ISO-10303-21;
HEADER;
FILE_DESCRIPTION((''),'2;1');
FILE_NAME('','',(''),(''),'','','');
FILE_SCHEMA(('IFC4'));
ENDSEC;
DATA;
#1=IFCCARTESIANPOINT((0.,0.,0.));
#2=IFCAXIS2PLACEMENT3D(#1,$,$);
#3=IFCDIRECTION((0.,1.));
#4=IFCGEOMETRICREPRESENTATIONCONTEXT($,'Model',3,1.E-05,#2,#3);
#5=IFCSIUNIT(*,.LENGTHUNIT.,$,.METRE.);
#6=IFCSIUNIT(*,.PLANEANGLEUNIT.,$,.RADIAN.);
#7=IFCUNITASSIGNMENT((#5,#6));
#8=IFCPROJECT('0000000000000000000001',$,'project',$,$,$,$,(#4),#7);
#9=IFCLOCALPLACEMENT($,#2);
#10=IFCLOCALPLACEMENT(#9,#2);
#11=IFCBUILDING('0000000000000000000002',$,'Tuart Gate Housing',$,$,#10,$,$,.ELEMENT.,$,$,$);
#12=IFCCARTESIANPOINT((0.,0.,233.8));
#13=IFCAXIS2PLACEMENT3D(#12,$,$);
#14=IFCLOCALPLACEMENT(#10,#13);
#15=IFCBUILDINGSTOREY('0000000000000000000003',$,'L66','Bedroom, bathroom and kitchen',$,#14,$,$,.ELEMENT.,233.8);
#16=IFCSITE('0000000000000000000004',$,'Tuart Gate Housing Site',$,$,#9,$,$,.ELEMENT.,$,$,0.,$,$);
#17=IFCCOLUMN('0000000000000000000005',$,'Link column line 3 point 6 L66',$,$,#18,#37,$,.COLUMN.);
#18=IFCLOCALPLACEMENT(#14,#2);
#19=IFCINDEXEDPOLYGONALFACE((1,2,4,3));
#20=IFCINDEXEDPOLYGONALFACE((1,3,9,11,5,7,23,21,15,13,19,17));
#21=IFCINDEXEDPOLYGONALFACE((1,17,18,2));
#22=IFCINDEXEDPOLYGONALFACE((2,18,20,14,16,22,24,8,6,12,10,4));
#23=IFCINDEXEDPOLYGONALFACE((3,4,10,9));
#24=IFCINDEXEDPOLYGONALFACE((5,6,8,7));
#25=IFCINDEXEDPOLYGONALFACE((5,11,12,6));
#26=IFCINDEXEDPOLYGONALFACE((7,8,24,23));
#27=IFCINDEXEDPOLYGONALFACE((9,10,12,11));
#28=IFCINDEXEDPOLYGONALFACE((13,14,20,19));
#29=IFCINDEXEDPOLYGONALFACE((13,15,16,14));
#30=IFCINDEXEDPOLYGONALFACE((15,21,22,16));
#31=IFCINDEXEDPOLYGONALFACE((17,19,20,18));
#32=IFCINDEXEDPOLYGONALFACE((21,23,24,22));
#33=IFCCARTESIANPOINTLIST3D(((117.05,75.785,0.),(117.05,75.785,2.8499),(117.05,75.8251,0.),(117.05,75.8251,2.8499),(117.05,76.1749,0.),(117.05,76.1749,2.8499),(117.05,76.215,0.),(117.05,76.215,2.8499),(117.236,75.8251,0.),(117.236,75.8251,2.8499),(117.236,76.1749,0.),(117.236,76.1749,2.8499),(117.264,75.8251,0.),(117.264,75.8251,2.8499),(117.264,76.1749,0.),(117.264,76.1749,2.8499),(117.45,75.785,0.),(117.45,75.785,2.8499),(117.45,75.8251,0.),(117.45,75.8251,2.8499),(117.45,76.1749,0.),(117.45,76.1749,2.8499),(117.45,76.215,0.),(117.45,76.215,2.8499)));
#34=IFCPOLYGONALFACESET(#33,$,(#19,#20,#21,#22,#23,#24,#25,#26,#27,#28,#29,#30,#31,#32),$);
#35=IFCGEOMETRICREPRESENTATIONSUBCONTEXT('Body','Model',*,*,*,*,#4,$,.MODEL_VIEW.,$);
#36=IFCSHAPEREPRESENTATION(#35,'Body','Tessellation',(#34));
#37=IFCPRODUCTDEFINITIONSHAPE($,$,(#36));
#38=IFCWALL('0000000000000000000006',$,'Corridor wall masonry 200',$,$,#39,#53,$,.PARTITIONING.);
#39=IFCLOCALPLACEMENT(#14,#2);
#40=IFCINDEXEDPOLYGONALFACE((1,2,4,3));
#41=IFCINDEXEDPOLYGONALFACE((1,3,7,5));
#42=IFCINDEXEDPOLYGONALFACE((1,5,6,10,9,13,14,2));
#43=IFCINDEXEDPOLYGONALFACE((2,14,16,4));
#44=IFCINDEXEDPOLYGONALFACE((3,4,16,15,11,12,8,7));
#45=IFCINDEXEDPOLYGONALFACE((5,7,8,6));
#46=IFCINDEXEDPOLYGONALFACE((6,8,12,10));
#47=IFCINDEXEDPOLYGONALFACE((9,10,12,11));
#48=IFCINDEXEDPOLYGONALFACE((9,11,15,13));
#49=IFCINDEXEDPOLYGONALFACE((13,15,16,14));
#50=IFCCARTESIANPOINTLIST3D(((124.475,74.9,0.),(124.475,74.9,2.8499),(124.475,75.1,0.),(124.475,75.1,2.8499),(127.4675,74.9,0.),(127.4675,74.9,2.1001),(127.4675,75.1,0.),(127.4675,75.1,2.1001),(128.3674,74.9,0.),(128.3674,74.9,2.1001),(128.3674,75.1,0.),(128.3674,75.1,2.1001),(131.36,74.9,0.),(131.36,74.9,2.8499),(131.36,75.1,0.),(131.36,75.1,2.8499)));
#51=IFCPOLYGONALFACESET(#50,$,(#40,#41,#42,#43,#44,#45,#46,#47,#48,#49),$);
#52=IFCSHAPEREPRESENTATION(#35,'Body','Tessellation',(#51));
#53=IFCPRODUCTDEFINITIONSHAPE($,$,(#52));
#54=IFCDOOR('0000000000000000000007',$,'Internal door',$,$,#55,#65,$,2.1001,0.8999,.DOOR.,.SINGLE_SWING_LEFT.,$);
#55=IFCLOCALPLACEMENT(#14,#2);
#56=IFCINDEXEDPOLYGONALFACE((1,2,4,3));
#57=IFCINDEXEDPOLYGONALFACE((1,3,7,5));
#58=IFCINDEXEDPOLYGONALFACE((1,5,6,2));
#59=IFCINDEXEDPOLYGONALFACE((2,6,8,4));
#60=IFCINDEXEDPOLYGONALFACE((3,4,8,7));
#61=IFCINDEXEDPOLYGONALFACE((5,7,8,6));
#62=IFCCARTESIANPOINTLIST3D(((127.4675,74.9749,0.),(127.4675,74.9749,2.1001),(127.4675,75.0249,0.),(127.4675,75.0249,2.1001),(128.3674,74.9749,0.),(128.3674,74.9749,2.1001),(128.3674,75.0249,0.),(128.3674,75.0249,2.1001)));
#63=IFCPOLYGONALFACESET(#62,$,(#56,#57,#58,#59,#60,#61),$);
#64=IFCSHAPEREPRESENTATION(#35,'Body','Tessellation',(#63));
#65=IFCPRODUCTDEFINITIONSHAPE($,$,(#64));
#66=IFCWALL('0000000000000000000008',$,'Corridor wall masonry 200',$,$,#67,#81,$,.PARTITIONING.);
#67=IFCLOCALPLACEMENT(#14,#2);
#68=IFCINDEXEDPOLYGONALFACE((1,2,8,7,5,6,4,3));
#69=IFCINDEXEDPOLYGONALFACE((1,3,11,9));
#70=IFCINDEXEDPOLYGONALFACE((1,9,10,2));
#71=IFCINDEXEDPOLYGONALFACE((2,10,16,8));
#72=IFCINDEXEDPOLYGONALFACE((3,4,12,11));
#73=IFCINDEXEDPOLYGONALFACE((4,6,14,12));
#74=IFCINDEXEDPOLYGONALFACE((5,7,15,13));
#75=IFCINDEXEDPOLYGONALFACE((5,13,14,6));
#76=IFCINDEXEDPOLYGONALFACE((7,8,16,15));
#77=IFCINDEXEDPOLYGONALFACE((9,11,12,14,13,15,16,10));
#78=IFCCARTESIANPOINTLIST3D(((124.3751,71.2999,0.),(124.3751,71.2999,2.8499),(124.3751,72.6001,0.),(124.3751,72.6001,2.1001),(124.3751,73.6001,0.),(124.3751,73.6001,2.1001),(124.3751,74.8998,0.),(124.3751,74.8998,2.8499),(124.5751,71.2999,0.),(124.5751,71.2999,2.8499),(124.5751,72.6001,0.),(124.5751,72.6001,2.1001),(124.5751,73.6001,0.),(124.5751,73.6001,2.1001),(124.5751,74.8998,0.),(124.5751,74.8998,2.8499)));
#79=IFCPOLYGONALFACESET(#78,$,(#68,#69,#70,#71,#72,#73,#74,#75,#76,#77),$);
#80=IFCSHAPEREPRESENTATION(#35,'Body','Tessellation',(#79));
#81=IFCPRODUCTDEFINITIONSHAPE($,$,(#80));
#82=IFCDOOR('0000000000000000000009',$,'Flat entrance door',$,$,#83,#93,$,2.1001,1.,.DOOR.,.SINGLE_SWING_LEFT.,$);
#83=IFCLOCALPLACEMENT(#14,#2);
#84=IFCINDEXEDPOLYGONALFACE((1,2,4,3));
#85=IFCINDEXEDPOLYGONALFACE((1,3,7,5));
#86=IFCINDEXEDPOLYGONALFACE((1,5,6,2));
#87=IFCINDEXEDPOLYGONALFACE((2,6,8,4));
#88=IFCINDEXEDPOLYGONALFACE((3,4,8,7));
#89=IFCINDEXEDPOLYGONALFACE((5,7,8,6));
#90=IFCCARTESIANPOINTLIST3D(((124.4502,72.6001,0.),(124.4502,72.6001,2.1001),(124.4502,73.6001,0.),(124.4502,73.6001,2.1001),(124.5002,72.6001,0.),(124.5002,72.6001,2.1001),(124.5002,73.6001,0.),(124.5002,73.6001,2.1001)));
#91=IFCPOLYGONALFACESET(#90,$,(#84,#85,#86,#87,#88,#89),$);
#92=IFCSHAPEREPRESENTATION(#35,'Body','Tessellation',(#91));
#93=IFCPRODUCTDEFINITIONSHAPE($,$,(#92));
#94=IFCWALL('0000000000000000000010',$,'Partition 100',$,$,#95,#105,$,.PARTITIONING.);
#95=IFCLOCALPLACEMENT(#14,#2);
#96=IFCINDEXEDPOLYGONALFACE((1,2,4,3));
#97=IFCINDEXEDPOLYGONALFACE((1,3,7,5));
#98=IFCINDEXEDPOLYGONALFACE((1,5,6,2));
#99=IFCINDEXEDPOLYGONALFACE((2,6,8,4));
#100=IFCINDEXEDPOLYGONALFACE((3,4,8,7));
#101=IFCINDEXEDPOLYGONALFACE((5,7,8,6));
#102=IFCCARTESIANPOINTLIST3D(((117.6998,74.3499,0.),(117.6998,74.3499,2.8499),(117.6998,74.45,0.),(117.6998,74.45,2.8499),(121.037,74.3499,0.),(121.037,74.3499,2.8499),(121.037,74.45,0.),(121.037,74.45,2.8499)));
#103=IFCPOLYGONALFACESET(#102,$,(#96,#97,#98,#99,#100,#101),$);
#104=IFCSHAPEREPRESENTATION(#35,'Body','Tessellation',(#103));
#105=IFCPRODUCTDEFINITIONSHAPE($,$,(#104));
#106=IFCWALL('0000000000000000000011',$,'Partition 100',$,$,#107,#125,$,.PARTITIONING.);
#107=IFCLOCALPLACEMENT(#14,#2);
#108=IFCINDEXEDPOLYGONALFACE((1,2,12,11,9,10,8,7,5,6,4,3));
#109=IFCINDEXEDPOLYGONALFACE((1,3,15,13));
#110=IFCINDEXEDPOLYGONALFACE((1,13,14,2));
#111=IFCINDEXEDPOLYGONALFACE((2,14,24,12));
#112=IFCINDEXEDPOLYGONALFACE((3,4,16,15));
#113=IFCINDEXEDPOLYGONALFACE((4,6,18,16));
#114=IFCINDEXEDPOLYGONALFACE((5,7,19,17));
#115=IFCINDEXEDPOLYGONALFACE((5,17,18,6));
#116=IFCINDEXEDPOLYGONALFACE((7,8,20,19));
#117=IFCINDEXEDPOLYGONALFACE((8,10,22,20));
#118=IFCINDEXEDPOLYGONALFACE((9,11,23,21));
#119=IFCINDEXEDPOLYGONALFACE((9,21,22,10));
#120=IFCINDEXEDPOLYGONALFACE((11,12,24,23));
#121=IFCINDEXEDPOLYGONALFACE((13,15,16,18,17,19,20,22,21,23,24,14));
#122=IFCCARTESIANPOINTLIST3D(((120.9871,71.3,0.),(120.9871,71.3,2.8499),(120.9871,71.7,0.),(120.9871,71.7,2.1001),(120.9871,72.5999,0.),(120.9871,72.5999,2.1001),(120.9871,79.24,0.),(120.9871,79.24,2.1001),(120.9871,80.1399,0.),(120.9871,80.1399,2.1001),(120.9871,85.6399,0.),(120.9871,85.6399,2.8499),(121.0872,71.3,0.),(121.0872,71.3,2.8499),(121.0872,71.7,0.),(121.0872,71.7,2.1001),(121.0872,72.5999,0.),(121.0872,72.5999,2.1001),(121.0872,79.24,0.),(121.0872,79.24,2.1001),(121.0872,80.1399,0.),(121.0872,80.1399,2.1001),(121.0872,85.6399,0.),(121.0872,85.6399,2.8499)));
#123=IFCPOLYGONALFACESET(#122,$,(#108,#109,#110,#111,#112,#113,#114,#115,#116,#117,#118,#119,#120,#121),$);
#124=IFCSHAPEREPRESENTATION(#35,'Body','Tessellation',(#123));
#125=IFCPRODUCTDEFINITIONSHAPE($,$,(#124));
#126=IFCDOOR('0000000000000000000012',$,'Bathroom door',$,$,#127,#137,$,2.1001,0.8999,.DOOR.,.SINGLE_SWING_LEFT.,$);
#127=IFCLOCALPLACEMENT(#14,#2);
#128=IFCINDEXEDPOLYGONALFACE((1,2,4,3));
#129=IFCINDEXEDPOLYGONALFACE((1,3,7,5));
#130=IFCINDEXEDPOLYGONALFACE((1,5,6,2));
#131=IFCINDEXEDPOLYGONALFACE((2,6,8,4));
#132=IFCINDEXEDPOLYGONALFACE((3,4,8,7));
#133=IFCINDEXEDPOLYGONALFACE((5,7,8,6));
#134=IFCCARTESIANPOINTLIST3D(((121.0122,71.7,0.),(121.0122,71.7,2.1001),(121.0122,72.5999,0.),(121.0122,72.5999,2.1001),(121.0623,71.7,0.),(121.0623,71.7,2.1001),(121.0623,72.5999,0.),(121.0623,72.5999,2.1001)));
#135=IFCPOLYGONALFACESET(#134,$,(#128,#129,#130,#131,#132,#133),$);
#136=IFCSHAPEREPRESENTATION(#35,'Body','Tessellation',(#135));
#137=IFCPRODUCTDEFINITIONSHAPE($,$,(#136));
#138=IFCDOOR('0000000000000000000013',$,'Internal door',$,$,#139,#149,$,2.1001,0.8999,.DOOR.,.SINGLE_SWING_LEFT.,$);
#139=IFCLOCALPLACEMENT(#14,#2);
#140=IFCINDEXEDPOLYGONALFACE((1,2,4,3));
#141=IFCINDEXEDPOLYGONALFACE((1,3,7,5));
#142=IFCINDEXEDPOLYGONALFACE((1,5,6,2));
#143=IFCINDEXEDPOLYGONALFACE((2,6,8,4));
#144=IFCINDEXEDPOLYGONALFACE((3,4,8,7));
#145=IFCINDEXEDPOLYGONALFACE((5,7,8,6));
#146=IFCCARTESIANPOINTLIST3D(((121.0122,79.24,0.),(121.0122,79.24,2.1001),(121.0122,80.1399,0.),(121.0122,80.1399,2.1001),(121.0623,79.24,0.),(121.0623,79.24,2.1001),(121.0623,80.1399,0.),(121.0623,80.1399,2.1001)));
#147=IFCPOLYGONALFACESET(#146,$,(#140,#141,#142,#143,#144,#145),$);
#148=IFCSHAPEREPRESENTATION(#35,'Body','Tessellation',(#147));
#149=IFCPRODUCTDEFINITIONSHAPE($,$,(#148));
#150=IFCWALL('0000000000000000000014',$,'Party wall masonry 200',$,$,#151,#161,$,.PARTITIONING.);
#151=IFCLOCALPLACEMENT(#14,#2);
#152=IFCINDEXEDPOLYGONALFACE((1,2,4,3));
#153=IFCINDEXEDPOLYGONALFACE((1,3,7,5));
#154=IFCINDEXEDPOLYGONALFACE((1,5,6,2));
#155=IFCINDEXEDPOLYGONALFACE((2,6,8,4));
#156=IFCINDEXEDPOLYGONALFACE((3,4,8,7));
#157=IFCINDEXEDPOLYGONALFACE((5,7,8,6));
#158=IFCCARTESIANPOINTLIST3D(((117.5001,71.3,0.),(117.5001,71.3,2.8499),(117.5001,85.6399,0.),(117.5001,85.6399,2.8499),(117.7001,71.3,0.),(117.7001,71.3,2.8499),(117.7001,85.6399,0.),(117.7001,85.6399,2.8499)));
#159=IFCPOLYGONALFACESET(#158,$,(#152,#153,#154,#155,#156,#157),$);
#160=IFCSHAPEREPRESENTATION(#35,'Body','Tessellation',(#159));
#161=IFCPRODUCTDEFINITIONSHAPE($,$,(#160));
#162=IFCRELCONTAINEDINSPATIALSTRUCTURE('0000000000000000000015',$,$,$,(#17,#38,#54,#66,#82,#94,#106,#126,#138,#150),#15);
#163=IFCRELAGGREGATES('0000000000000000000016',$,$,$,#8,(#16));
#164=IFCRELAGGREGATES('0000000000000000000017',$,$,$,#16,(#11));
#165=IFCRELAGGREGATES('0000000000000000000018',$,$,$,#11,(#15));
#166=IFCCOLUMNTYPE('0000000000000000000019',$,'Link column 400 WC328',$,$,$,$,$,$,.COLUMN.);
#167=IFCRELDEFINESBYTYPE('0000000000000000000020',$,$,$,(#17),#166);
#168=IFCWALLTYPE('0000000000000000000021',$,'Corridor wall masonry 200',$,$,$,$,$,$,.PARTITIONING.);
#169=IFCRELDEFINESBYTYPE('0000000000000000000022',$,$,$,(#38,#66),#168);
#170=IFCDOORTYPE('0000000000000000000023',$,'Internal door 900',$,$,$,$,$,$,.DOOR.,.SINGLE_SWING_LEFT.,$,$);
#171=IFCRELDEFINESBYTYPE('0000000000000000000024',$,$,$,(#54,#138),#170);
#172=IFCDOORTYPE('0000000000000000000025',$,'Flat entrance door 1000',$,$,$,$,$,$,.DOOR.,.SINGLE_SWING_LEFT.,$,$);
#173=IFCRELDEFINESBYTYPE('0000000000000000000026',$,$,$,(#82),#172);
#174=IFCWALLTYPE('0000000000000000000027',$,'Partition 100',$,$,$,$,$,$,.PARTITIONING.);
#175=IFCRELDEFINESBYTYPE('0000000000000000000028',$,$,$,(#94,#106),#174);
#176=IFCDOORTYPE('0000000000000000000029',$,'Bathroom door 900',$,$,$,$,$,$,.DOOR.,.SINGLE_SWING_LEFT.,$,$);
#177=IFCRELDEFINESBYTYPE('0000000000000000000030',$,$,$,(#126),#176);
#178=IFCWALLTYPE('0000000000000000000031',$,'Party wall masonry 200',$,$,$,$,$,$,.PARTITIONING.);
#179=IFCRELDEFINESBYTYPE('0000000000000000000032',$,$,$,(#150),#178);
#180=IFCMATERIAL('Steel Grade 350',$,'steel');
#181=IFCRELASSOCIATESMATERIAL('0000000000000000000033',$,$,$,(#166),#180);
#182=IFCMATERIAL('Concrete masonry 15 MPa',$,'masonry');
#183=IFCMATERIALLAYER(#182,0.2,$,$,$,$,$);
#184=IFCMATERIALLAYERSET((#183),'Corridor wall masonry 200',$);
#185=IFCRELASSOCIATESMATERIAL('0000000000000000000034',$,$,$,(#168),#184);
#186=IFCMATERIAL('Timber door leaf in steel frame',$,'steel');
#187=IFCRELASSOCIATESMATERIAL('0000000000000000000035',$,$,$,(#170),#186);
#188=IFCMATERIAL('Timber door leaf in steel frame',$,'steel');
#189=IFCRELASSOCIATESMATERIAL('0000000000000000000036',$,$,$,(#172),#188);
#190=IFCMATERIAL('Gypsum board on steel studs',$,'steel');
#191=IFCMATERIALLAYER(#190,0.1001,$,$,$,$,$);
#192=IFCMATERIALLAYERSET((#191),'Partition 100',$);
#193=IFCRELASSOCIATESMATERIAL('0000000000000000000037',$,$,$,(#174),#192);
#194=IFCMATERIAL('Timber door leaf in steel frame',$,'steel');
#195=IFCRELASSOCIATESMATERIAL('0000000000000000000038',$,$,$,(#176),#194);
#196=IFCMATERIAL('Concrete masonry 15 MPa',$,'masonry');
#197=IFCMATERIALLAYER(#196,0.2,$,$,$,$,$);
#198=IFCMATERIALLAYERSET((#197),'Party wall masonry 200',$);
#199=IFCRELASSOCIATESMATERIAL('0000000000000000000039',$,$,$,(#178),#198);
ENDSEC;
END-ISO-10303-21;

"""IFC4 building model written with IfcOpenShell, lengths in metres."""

from ifc_helpers import new_model, si_unit, direction, frame, frame_2d, origin, origin_2d, place, context, subcontext, project, spatial, rectangle, i_section, extrude, material, layer, layer_set, material_profile, profile_set, type_object, element, fill, save


model = new_model("IFC4")

# Units and contexts
model_context = context("Model", 3, precision=1e-05, world=origin(), true_north=direction((0.0, 1.0)))
body_context = subcontext(model_context, "Body", "Model", "MODEL_VIEW")
ifc_project = project(units=[si_unit("LENGTHUNIT", "METRE"), si_unit("PLANEANGLEUNIT", "RADIAN")], contexts=[model_context])

# Site, building, storey
site_placement = place(None, origin())
site = spatial("IfcSite", under=ifc_project, at=site_placement, Name="Tuart Gate Housing Site", CompositionType="ELEMENT", RefElevation=0.0)
building_placement = place(site_placement, origin())
building = spatial("IfcBuilding", under=site, at=building_placement, Name="Tuart Gate Housing", CompositionType="ELEMENT")
storey_placement = place(building_placement, frame((0.0, 0.0, 233.8)))
storey = spatial("IfcBuildingStorey", under=building, at=storey_placement, Name="L66", Description="Bedroom, bathroom and kitchen", CompositionType="ELEMENT", Elevation=233.8)

# Column
ifc_material_1 = material(Name="Steel Grade 350", Category="steel")
ifc_material_profile = material_profile(ifc_material_1, i_section(OverallWidth=0.3999, OverallDepth=0.4299, WebThickness=0.0281, FlangeThickness=0.04, at=origin_2d()), Name="400WC328")
ifc_profile_set = profile_set([ifc_material_profile], Name="Steel Grade 350")
column_type = type_object("IfcColumnType", Name="Link column 400 WC328", PredefinedType="COLUMN", material=ifc_profile_set)
column_placement = place(storey_placement, frame((117.25, 76.0, 0.0), z_axis=(0.0, 0.0, 1.0), x_axis=(1.0, 0.0, 0.0)))
element("IfcColumn", 1, at=column_placement, inside=storey, type_object=column_type, Name="Link column line 3 point 6 L66", PredefinedType="COLUMN", context=body_context, shape_type="SweptSolid", body=[
    extrude(i_section(OverallWidth=0.3999, OverallDepth=0.4299, WebThickness=0.0281, FlangeThickness=0.04, at=origin_2d()), origin(), (0.0, 0.0, 1.0), 2.8499),
])

# Walls, openings, doors
ifc_material_2 = material(Name="Concrete masonry 15 MPa", Category="masonry")
ifc_layer_1 = layer(ifc_material_2, 0.2)
ifc_layer_set_1 = layer_set([ifc_layer_1], Name="Corridor wall masonry 200")
wall_type_1 = type_object("IfcWallType", Name="Corridor wall masonry 200", PredefinedType="PARTITIONING", material=ifc_layer_set_1)
wall_1_placement = place(storey_placement, frame((124.4751, 75.0, 0.0), z_axis=(0.0, 0.0, 1.0), x_axis=(1.0, 0.0, 0.0)))
wall_1 = element("IfcWall", 2, at=wall_1_placement, inside=storey, type_object=wall_type_1, Name="Corridor wall masonry 200", PredefinedType="PARTITIONING", context=body_context, shape_type="SweptSolid", body=[
    extrude(rectangle(XDim=6.885, YDim=0.2, at=frame_2d((3.4424, 0.0))), origin(), (0.0, 0.0, 1.0), 2.8499),
])
opening_1_placement = place(wall_1_placement, frame((2.9924, 0.0, 0.0)))
opening_1 = element("IfcOpeningElement", 3, at=opening_1_placement, cuts=wall_1, PredefinedType="OPENING", context=body_context, shape_type="SweptSolid", body=[
    extrude(rectangle(XDim=0.8999, YDim=2.1001, at=frame_2d((0.45, 1.05))), frame((0.0, 0.1099, 0.0), z_axis=(0.0, -1.0, 0.0), x_axis=(1.0, 0.0, 0.0)), (0.0, 0.0, 1.0), 0.22),
])
ifc_material_3 = material(Name="Timber door leaf in steel frame", Category="steel")
door_type_1 = type_object("IfcDoorType", Name="Internal door 900", OperationType="SINGLE_SWING_LEFT", PredefinedType="DOOR", material=ifc_material_3)
door_1_placement = place(opening_1_placement, origin())
door_1 = element("IfcDoor", 4, at=door_1_placement, inside=storey, type_object=door_type_1, Name="Internal door", OperationType="SINGLE_SWING_LEFT", OverallHeight=2.1001, OverallWidth=0.8999, PredefinedType="DOOR", context=body_context, shape_type="SweptSolid", body=[
    extrude(rectangle(XDim=0.8999, YDim=2.1001, at=frame_2d((0.45, 1.05))), frame((0.0, 0.0249, 0.0), z_axis=(0.0, -1.0, 0.0), x_axis=(1.0, 0.0, 0.0)), (0.0, 0.0, 1.0), 0.05),
])
fill(opening_1, door_1)
wall_2_placement = place(storey_placement, frame((124.4751, 71.3, 0.0), z_axis=(0.0, 0.0, 1.0), x_axis=(0.0, 1.0, 0.0)))
wall_2 = element("IfcWall", 5, at=wall_2_placement, inside=storey, type_object=wall_type_1, Name="Corridor wall masonry 200", PredefinedType="PARTITIONING", context=body_context, shape_type="SweptSolid", body=[
    extrude(rectangle(XDim=3.5999, YDim=0.2, at=frame_2d((1.7998, 0.0))), origin(), (0.0, 0.0, 1.0), 2.8499),
])
opening_2_placement = place(wall_2_placement, frame((1.3, 0.0, 0.0)))
opening_2 = element("IfcOpeningElement", 6, at=opening_2_placement, cuts=wall_2, PredefinedType="OPENING", context=body_context, shape_type="SweptSolid", body=[
    extrude(rectangle(XDim=1.0, YDim=2.1001, at=frame_2d((0.5, 1.05))), frame((0.0, 0.1099, 0.0), z_axis=(0.0, -1.0, 0.0), x_axis=(1.0, 0.0, 0.0)), (0.0, 0.0, 1.0), 0.22),
])
ifc_material_4 = material(Name="Timber door leaf in steel frame", Category="steel")
door_type_2 = type_object("IfcDoorType", Name="Flat entrance door 1000", OperationType="SINGLE_SWING_LEFT", PredefinedType="DOOR", material=ifc_material_4)
door_2_placement = place(opening_2_placement, origin())
door_2 = element("IfcDoor", 7, at=door_2_placement, inside=storey, type_object=door_type_2, Name="Flat entrance door", OperationType="SINGLE_SWING_LEFT", OverallHeight=2.1001, OverallWidth=1.0, PredefinedType="DOOR", context=body_context, shape_type="SweptSolid", body=[
    extrude(rectangle(XDim=1.0, YDim=2.1001, at=frame_2d((0.5, 1.05))), frame((0.0, 0.0249, 0.0), z_axis=(0.0, -1.0, 0.0), x_axis=(1.0, 0.0, 0.0)), (0.0, 0.0, 1.0), 0.05),
])
fill(opening_2, door_2)

# Wall
ifc_material_5 = material(Name="Gypsum board on steel studs", Category="steel")
ifc_layer_2 = layer(ifc_material_5, 0.1001)
ifc_layer_set_2 = layer_set([ifc_layer_2], Name="Partition 100")
wall_type_2 = type_object("IfcWallType", Name="Partition 100", PredefinedType="PARTITIONING", material=ifc_layer_set_2)
wall_3_placement = place(storey_placement, frame((117.7, 74.3999, 0.0), z_axis=(0.0, 0.0, 1.0), x_axis=(1.0, 0.0, 0.0)))
element("IfcWall", 8, at=wall_3_placement, inside=storey, type_object=wall_type_2, Name="Partition 100", PredefinedType="PARTITIONING", context=body_context, shape_type="SweptSolid", body=[
    extrude(rectangle(XDim=3.3372, YDim=0.1001, at=frame_2d((1.6685, 0.0))), origin(), (0.0, 0.0, 1.0), 2.8499),
])

# Wall, openings, doors
wall_4_placement = place(storey_placement, frame((121.0371, 71.3, 0.0), z_axis=(0.0, 0.0, 1.0), x_axis=(0.0, 1.0, 0.0)))
wall_4 = element("IfcWall", 9, at=wall_4_placement, inside=storey, type_object=wall_type_2, Name="Partition 100", PredefinedType="PARTITIONING", context=body_context, shape_type="SweptSolid", body=[
    extrude(rectangle(XDim=14.3398, YDim=0.1001, at=frame_2d((7.1699, 0.0))), origin(), (0.0, 0.0, 1.0), 2.8499),
])
opening_3_placement = place(wall_4_placement, frame((7.9399, 0.0, 0.0)))
opening_3 = element("IfcOpeningElement", 10, at=opening_3_placement, cuts=wall_4, PredefinedType="OPENING", context=body_context, shape_type="SweptSolid", body=[
    extrude(rectangle(XDim=0.8999, YDim=2.1001, at=frame_2d((0.45, 1.05))), frame((0.0, 0.0601, 0.0), z_axis=(0.0, -1.0, 0.0), x_axis=(1.0, 0.0, 0.0)), (0.0, 0.0, 1.0), 0.1201),
])
opening_4_placement = place(wall_4_placement, frame((0.3999, 0.0, 0.0)))
opening_4 = element("IfcOpeningElement", 11, at=opening_4_placement, cuts=wall_4, PredefinedType="OPENING", context=body_context, shape_type="SweptSolid", body=[
    extrude(rectangle(XDim=0.8999, YDim=2.1001, at=frame_2d((0.45, 1.05))), frame((0.0, 0.0601, 0.0), z_axis=(0.0, -1.0, 0.0), x_axis=(1.0, 0.0, 0.0)), (0.0, 0.0, 1.0), 0.1201),
])
ifc_material_6 = material(Name="Timber door leaf in steel frame", Category="steel")
door_type_3 = type_object("IfcDoorType", Name="Bathroom door 900", OperationType="SINGLE_SWING_LEFT", PredefinedType="DOOR", material=ifc_material_6)
door_3_placement = place(opening_4_placement, origin())
door_3 = element("IfcDoor", 12, at=door_3_placement, inside=storey, type_object=door_type_3, Name="Bathroom door", OperationType="SINGLE_SWING_LEFT", OverallHeight=2.1001, OverallWidth=0.8999, PredefinedType="DOOR", context=body_context, shape_type="SweptSolid", body=[
    extrude(rectangle(XDim=0.8999, YDim=2.1001, at=frame_2d((0.45, 1.05))), frame((0.0, 0.0249, 0.0), z_axis=(0.0, -1.0, 0.0), x_axis=(1.0, 0.0, 0.0)), (0.0, 0.0, 1.0), 0.05),
])
fill(opening_4, door_3)
door_4_placement = place(opening_3_placement, origin())
door_4 = element("IfcDoor", 13, at=door_4_placement, inside=storey, type_object=door_type_1, Name="Internal door", OperationType="SINGLE_SWING_LEFT", OverallHeight=2.1001, OverallWidth=0.8999, PredefinedType="DOOR", context=body_context, shape_type="SweptSolid", body=[
    extrude(rectangle(XDim=0.8999, YDim=2.1001, at=frame_2d((0.45, 1.05))), frame((0.0, 0.0249, 0.0), z_axis=(0.0, -1.0, 0.0), x_axis=(1.0, 0.0, 0.0)), (0.0, 0.0, 1.0), 0.05),
])
fill(opening_3, door_4)

# Wall
ifc_material_7 = material(Name="Concrete masonry 15 MPa", Category="masonry")
ifc_layer_3 = layer(ifc_material_7, 0.2)
ifc_layer_set_3 = layer_set([ifc_layer_3], Name="Party wall masonry 200")
wall_type_3 = type_object("IfcWallType", Name="Party wall masonry 200", PredefinedType="PARTITIONING", material=ifc_layer_set_3)
wall_5_placement = place(storey_placement, frame((117.6001, 71.3, 0.0), z_axis=(0.0, 0.0, 1.0), x_axis=(0.0, 1.0, 0.0)))
element("IfcWall", 14, at=wall_5_placement, inside=storey, type_object=wall_type_3, Name="Party wall masonry 200", PredefinedType="PARTITIONING", context=body_context, shape_type="SweptSolid", body=[
    extrude(rectangle(XDim=14.3398, YDim=0.2, at=frame_2d((7.1699, 0.0))), origin(), (0.0, 0.0, 1.0), 2.8499),
])

save(model, "model.ifc")
